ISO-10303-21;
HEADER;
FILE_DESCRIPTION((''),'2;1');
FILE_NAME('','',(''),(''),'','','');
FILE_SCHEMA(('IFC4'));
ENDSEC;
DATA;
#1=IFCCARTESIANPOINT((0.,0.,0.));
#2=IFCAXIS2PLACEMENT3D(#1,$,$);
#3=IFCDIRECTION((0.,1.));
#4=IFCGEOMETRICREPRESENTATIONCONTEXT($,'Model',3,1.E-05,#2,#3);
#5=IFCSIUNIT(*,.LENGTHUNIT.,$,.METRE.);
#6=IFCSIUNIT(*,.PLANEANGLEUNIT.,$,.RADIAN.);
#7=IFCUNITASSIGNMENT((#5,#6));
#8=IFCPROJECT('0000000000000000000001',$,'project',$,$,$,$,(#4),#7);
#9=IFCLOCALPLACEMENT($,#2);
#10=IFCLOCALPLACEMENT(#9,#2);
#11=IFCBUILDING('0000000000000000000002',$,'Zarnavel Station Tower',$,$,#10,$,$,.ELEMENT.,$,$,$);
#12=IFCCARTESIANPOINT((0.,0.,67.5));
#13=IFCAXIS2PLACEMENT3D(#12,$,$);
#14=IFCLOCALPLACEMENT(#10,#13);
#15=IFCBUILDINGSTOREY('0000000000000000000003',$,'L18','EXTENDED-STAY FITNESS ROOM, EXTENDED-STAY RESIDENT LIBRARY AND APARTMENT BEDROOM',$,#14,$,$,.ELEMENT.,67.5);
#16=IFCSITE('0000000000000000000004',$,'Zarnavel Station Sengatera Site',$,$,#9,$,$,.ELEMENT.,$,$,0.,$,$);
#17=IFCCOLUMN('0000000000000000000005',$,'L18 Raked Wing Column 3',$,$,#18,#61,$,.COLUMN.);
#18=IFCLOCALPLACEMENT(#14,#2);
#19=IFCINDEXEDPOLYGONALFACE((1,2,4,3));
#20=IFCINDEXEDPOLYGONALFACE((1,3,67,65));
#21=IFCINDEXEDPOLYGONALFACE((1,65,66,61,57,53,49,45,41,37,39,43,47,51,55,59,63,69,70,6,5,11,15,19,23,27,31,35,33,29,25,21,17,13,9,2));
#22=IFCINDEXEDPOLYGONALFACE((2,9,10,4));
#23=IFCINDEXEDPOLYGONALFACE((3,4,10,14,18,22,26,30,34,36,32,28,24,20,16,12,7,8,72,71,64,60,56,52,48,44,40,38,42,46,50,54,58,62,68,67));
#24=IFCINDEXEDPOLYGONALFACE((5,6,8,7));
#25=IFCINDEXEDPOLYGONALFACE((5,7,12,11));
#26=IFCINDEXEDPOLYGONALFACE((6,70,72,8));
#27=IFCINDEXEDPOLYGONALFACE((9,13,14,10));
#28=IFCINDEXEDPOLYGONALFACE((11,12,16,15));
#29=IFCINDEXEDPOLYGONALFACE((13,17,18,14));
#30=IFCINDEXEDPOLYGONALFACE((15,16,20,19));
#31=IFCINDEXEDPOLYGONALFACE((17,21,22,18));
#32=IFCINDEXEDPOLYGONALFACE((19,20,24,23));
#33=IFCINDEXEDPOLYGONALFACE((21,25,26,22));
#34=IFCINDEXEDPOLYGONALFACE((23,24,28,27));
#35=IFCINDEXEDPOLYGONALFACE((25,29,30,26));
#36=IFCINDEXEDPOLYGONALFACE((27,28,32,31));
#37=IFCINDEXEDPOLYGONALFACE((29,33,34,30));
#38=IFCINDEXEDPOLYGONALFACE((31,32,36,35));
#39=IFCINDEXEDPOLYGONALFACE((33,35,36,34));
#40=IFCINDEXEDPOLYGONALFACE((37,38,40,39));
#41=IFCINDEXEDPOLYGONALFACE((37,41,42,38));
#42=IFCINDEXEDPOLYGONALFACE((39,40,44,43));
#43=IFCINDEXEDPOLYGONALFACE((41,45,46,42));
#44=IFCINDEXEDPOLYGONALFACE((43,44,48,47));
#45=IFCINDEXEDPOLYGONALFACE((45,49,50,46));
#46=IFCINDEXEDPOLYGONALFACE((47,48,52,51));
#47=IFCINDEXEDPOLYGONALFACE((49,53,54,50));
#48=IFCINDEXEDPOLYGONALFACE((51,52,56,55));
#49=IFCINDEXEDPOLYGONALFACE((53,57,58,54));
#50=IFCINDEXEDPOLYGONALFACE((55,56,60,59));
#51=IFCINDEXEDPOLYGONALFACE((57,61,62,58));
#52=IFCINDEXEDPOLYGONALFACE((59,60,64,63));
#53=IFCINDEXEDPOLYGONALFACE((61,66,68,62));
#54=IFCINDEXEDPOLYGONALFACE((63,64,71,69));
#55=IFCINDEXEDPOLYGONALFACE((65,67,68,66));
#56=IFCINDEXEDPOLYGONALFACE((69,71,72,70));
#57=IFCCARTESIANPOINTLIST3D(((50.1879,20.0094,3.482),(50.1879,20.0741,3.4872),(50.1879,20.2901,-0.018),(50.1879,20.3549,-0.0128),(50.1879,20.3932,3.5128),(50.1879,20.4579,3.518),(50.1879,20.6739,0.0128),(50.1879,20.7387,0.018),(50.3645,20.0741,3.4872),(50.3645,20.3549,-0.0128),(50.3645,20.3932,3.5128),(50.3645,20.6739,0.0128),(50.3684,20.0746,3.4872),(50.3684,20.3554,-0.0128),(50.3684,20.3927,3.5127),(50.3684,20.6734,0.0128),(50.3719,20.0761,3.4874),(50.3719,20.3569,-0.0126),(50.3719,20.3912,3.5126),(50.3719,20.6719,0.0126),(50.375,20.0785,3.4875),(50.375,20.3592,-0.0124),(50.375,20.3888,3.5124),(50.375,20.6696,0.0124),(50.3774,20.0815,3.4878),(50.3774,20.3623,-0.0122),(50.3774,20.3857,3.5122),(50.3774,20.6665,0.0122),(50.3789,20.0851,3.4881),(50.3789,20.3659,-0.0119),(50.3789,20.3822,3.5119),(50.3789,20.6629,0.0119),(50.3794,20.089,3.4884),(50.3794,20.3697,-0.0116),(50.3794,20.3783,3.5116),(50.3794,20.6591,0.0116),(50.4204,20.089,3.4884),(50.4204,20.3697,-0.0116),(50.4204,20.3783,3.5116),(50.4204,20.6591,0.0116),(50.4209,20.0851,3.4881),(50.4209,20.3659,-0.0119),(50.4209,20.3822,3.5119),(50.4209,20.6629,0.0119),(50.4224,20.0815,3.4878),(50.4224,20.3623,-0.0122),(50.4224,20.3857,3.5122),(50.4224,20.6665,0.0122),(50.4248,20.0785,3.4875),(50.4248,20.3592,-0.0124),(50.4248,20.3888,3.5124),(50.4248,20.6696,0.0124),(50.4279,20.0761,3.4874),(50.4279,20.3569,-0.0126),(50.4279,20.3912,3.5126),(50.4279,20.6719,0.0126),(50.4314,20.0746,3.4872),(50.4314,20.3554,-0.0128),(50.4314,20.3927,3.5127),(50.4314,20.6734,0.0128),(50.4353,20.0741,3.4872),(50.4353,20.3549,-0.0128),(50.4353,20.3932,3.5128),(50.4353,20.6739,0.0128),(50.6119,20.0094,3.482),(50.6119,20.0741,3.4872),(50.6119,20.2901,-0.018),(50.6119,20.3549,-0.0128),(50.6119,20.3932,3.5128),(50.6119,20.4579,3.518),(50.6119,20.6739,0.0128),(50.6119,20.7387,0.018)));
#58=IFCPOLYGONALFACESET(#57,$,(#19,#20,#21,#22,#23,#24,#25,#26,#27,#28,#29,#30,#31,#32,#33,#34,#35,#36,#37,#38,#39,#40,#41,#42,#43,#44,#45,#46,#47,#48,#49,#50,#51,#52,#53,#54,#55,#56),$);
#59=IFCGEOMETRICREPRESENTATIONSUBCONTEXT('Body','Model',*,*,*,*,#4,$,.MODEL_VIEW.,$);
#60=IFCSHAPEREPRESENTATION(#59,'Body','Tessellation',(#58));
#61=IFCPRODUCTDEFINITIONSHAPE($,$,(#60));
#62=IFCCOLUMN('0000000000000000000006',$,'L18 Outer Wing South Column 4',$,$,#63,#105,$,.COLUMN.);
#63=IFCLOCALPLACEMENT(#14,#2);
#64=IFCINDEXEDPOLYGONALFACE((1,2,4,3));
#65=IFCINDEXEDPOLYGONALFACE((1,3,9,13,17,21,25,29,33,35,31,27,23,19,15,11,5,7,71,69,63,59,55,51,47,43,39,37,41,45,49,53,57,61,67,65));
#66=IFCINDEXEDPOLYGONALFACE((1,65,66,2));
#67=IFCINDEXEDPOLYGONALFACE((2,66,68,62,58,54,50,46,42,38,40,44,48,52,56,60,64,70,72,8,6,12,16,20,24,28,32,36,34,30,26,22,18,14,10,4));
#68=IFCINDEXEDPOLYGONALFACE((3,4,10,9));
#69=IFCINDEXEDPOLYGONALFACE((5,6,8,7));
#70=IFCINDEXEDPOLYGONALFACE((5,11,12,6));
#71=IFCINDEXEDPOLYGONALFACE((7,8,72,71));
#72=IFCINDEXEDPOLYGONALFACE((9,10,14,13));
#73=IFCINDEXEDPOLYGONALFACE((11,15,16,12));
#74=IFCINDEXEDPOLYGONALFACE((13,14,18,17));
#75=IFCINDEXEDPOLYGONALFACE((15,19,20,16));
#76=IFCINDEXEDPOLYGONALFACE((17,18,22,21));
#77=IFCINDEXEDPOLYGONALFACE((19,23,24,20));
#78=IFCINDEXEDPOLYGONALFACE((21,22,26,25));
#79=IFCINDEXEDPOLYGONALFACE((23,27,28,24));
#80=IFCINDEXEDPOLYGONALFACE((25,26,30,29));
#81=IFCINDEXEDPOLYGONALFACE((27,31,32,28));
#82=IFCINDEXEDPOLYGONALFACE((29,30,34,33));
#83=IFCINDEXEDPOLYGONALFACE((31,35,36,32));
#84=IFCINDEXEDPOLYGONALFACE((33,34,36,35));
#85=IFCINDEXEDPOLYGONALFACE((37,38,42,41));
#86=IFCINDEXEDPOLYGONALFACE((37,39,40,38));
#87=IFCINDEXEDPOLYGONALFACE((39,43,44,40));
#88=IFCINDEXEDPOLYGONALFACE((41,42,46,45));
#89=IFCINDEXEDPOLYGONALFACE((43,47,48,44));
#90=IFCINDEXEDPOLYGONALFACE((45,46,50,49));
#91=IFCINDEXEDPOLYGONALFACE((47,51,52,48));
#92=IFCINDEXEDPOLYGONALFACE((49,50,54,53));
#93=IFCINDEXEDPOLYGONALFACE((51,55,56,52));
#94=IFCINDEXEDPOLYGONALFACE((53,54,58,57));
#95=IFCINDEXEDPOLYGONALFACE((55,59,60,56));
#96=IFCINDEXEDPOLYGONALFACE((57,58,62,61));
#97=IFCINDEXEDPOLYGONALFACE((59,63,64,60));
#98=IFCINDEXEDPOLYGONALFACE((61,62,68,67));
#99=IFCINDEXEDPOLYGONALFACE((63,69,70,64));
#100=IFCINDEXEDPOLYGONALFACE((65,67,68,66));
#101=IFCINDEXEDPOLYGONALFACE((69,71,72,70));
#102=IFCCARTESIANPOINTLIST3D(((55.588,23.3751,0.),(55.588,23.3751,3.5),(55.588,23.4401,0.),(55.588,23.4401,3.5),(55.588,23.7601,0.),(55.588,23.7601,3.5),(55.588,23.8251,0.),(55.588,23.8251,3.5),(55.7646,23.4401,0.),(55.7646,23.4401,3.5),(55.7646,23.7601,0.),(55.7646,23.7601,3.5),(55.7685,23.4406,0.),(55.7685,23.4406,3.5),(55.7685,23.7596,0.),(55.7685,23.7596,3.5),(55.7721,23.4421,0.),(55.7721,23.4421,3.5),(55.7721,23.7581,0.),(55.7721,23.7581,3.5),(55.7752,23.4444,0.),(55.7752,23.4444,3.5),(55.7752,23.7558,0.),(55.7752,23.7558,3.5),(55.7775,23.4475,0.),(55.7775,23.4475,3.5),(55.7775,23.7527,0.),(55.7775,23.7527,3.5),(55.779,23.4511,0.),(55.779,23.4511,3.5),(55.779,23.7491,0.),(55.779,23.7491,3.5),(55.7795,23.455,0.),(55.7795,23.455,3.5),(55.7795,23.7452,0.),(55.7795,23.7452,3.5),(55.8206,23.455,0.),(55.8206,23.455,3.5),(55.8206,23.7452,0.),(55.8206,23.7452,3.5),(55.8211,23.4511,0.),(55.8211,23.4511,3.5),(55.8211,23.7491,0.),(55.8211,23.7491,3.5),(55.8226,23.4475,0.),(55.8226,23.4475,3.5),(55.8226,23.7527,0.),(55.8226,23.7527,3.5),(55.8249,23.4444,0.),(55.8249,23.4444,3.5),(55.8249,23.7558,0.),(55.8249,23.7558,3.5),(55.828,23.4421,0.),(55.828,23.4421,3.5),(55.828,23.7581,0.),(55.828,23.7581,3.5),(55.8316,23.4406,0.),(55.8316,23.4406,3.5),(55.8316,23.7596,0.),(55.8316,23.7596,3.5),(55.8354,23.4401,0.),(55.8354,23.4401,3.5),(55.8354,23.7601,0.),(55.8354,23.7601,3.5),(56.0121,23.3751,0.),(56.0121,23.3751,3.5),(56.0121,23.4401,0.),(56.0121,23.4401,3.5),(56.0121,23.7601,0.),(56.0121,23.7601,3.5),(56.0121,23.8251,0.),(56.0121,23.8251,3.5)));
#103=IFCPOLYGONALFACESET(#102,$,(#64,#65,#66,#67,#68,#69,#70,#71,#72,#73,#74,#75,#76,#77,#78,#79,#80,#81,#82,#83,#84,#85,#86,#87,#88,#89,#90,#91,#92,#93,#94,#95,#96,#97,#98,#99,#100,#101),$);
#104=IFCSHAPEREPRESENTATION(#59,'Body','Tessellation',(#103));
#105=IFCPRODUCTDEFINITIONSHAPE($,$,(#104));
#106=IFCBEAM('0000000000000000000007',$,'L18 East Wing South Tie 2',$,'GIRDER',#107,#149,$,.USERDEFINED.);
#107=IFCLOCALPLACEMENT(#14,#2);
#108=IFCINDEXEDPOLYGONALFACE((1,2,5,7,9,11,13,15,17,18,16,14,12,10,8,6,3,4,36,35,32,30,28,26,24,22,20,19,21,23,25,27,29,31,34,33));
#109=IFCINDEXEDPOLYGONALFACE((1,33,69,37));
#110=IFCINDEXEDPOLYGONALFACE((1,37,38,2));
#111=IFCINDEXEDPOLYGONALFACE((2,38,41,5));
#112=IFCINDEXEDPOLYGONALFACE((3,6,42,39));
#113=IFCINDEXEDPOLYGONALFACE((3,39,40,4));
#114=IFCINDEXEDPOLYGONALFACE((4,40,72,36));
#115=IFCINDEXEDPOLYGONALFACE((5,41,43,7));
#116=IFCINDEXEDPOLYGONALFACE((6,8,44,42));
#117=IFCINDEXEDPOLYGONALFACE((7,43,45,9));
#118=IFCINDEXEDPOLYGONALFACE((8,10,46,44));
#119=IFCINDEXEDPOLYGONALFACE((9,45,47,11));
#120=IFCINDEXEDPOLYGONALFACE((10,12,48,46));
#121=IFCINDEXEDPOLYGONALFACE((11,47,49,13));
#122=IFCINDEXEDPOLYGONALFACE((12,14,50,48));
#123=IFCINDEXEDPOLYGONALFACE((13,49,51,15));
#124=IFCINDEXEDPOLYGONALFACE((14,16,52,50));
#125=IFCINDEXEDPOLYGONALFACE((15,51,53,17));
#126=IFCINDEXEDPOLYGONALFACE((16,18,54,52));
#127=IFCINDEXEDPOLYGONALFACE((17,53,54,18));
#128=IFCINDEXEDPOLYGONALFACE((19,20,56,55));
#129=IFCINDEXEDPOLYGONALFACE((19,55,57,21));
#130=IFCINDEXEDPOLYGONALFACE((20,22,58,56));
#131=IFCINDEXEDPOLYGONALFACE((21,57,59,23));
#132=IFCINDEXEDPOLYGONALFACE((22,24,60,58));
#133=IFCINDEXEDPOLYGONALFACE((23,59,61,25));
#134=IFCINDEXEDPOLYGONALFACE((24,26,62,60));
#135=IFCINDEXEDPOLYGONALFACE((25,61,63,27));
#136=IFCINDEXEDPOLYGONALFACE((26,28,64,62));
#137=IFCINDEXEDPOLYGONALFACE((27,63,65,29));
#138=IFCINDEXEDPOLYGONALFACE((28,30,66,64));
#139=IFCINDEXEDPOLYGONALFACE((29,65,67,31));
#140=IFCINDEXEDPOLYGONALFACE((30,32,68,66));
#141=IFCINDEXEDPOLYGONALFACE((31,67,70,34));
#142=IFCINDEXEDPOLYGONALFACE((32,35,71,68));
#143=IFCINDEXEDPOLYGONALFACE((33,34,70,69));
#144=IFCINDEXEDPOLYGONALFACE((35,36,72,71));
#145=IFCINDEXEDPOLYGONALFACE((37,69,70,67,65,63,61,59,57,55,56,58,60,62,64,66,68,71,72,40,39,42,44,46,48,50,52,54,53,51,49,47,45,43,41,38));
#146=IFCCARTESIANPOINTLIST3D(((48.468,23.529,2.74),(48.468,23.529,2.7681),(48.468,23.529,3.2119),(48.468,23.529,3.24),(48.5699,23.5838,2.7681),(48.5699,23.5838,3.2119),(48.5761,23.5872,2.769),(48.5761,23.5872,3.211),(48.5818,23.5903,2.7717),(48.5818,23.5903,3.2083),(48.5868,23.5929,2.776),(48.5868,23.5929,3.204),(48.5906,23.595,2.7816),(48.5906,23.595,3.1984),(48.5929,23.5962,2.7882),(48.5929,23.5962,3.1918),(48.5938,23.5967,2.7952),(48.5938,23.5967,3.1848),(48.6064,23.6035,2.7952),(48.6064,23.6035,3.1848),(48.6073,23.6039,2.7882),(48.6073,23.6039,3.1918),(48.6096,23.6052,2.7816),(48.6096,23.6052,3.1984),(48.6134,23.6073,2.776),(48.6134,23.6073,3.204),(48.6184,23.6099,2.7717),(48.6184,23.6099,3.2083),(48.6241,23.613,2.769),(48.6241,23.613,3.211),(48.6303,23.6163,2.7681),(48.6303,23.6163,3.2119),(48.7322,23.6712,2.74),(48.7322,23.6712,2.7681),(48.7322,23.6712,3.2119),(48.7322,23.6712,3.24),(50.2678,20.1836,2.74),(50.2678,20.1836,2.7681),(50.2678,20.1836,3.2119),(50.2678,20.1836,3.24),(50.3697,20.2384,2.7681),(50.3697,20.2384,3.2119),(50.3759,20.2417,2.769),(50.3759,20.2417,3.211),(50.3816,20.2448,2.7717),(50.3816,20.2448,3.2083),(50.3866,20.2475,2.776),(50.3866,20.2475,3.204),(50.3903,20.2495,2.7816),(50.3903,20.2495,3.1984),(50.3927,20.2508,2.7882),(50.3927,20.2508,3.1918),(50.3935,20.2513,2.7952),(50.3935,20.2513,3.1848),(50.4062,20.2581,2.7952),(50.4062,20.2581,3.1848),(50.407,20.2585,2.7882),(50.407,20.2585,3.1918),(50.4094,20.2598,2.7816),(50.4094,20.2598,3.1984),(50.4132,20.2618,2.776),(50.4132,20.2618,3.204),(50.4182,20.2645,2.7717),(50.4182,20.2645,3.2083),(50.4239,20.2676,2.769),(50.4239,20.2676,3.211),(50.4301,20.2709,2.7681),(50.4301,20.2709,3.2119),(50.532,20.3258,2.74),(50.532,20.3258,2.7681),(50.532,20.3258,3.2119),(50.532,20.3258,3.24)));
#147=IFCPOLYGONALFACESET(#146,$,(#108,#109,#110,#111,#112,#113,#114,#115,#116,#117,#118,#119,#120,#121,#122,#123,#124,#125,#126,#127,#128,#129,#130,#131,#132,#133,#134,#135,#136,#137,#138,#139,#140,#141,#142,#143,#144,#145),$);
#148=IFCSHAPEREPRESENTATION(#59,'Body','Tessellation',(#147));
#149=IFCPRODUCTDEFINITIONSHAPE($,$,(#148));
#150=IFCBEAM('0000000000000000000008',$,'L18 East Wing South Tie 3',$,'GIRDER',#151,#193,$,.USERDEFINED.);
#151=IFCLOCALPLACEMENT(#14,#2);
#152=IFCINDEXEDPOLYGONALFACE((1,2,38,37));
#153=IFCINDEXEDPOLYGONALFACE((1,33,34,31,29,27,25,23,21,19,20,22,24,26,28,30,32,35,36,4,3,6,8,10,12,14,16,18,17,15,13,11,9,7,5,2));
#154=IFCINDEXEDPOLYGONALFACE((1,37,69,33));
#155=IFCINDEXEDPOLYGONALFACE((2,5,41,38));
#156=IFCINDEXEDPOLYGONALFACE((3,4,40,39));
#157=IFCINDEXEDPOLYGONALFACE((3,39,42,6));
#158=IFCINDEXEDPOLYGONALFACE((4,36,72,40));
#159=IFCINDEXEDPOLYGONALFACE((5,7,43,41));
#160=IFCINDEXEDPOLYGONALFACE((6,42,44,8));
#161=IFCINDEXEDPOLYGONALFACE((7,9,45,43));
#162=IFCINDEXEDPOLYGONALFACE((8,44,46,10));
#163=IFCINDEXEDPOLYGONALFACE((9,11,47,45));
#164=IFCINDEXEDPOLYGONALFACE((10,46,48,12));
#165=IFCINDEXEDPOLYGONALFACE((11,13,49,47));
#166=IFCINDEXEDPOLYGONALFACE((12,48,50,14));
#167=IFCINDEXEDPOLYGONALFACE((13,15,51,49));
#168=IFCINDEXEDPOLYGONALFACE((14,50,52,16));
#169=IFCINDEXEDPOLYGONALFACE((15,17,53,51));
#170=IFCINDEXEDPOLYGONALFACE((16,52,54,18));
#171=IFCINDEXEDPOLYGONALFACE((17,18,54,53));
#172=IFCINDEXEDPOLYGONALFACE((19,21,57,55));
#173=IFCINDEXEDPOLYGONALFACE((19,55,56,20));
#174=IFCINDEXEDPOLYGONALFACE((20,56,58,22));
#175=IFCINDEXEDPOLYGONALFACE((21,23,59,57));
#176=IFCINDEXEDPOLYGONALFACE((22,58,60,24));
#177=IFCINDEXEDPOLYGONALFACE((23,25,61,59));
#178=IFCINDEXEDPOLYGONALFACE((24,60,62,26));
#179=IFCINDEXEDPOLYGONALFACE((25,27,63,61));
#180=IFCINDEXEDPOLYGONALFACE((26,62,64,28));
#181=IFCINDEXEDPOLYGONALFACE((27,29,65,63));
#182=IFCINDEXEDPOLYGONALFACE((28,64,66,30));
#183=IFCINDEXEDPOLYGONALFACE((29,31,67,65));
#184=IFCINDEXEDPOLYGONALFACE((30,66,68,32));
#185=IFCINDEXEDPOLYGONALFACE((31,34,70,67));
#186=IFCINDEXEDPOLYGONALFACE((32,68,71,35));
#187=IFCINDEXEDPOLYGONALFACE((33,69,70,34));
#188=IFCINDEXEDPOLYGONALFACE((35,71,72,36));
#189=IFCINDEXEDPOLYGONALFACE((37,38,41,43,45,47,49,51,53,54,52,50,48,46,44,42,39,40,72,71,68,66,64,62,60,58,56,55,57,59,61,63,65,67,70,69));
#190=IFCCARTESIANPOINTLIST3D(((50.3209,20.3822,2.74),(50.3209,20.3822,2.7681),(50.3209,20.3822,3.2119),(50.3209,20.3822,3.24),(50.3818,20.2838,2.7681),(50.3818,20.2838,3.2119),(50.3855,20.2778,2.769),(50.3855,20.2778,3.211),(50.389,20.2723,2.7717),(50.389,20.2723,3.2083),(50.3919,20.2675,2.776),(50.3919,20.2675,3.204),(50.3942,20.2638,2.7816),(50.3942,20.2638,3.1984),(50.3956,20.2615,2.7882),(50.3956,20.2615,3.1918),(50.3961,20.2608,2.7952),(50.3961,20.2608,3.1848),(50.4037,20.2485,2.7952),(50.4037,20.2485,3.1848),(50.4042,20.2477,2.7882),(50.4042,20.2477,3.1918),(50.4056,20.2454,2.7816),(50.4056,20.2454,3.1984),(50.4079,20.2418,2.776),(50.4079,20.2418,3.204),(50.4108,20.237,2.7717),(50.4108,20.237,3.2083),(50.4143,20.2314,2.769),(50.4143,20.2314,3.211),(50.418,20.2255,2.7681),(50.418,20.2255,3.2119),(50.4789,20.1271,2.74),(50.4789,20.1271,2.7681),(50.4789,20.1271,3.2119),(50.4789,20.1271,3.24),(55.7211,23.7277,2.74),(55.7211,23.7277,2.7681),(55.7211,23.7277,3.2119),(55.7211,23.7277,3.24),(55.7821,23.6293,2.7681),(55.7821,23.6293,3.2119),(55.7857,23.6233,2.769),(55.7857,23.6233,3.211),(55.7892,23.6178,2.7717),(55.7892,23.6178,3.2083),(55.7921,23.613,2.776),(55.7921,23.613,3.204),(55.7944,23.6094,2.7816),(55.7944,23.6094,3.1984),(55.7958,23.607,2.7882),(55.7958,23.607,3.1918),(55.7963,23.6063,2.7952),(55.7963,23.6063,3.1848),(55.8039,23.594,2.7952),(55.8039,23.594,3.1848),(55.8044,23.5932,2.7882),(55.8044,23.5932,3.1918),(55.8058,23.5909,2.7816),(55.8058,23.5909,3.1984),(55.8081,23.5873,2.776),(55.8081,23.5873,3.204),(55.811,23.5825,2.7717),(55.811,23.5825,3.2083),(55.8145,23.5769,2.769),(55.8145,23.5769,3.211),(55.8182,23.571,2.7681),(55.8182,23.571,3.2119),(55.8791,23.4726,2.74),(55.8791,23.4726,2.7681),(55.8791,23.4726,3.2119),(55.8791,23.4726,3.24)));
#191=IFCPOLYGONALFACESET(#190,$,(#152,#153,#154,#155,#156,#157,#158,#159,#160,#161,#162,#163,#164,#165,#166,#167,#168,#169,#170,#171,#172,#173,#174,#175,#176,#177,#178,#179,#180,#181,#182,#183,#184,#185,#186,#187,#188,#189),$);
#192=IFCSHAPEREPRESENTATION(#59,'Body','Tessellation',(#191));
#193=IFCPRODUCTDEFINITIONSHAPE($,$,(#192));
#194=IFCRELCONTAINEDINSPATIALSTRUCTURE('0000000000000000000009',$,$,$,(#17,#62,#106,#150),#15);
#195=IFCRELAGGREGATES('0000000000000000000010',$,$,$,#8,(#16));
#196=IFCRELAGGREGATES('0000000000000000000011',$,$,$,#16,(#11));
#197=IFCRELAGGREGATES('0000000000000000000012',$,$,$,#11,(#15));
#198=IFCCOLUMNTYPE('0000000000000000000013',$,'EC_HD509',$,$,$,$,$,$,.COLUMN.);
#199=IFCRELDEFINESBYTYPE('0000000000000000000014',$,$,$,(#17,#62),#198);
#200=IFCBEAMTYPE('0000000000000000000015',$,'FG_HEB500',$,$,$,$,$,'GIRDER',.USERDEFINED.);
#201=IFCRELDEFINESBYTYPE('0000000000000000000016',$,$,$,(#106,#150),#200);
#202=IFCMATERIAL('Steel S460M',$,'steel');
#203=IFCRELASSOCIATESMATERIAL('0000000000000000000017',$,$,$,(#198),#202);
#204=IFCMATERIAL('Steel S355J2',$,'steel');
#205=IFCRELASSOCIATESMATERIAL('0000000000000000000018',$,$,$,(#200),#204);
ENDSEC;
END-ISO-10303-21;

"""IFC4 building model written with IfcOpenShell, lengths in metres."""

from ifc_helpers import new_model, si_unit, direction, frame, origin, origin_2d, place, context, subcontext, project, spatial, i_section, extrude, material, material_profile, profile_set, type_object, element, save


model = new_model("IFC4")

# Units and contexts
model_context = context("Model", 3, precision=1e-05, world=origin(), true_north=direction((0.0, 1.0)))
body_context = subcontext(model_context, "Body", "Model", "MODEL_VIEW")
ifc_project = project(units=[si_unit("LENGTHUNIT", "METRE"), si_unit("PLANEANGLEUNIT", "RADIAN")], contexts=[model_context])

# Site, building, storey
site_placement = place(None, origin())
site = spatial("IfcSite", under=ifc_project, at=site_placement, Name="Zarnavel Station Sengatera Site", CompositionType="ELEMENT", RefElevation=0.0)
building_placement = place(site_placement, origin())
building = spatial("IfcBuilding", under=site, at=building_placement, Name="Zarnavel Station Tower", CompositionType="ELEMENT")
storey_placement = place(building_placement, frame((0.0, 0.0, 67.5)))
storey = spatial("IfcBuildingStorey", under=building, at=storey_placement, Name="L18", Description="EXTENDED-STAY FITNESS ROOM, EXTENDED-STAY RESIDENT LIBRARY AND APARTMENT BEDROOM", CompositionType="ELEMENT", Elevation=67.5)

# Columns
ifc_material_1 = material(Name="Steel S460M", Category="steel")
ifc_material_profile_1 = material_profile(ifc_material_1, i_section(OverallWidth=0.4241, OverallDepth=0.45, WebThickness=0.041, FlangeThickness=0.0649, FilletRadius=0.0149, at=origin_2d()), Name="HD400x509")
ifc_profile_set_1 = profile_set([ifc_material_profile_1], Name="Steel S460M")
column_type = type_object("IfcColumnType", Name="EC_HD509", PredefinedType="COLUMN", material=ifc_profile_set_1)
column_1_placement = place(storey_placement, frame((50.3999, 20.5144, 0.0), z_axis=(0.0, -0.079961, 0.996798), x_axis=(1.0, 0.0, 0.0)))
element("IfcColumn", 1, at=column_1_placement, inside=storey, type_object=column_type, Name="L18 Raked Wing Column 3", PredefinedType="COLUMN", context=body_context, shape_type="SweptSolid", body=[
    extrude(i_section(OverallWidth=0.4241, OverallDepth=0.45, WebThickness=0.041, FlangeThickness=0.0649, FilletRadius=0.0149, at=origin_2d()), origin(), (0.0, 0.0, 1.0), 3.5112),
])
column_2_placement = place(storey_placement, frame((55.8, 23.6001, 0.0), z_axis=(0.0, 0.0, 1.0), x_axis=(1.0, 0.0, 0.0)))
element("IfcColumn", 2, at=column_2_placement, inside=storey, type_object=column_type, Name="L18 Outer Wing South Column 4", PredefinedType="COLUMN", context=body_context, shape_type="SweptSolid", body=[
    extrude(i_section(OverallWidth=0.4241, OverallDepth=0.45, WebThickness=0.041, FlangeThickness=0.0649, FilletRadius=0.0149, at=origin_2d()), origin(), (0.0, 0.0, 1.0), 3.5),
])

# Beams
ifc_material_2 = material(Name="Steel S355J2", Category="steel")
ifc_material_profile_2 = material_profile(ifc_material_2, i_section(OverallWidth=0.3, OverallDepth=0.5, WebThickness=0.0144, FlangeThickness=0.0281, FilletRadius=0.0271, at=origin_2d()), Name="HEB500")
ifc_profile_set_2 = profile_set([ifc_material_profile_2], Name="Steel S355J2")
beam_type_1 = type_object("IfcBeamType", Name="FG_HEB500", ElementType="GIRDER", PredefinedType="USERDEFINED", material=ifc_profile_set_2)
beam_1_placement = place(storey_placement, frame((48.6001, 23.6001, 2.99), z_axis=(0.473774, -0.880646, 0.0), x_axis=(0.880646, 0.473774, 0.0)))
element("IfcBeam", 3, at=beam_1_placement, inside=storey, type_object=beam_type_1, Name="L18 East Wing South Tie 2", ObjectType="GIRDER", PredefinedType="USERDEFINED", context=body_context, shape_type="SweptSolid", body=[
    extrude(i_section(OverallWidth=0.3, OverallDepth=0.5, WebThickness=0.0144, FlangeThickness=0.0281, FilletRadius=0.0271, at=origin_2d()), origin(), (0.0, 0.0, 1.0), 3.7988),
])
beam_2_placement = place(storey_placement, frame((50.3999, 20.2546, 2.99), z_axis=(0.850088, 0.52664, 0.0), x_axis=(-0.52664, 0.850088, 0.0)))
element("IfcBeam", 4, at=beam_2_placement, inside=storey, type_object=beam_type_1, Name="L18 East Wing South Tie 3", ObjectType="GIRDER", PredefinedType="USERDEFINED", context=body_context, shape_type="SweptSolid", body=[
    extrude(i_section(OverallWidth=0.3, OverallDepth=0.5, WebThickness=0.0144, FlangeThickness=0.0281, FilletRadius=0.0271, at=origin_2d()), origin(), (0.0, 0.0, 1.0), 6.3525),
])

save(model, "model.ifc")
